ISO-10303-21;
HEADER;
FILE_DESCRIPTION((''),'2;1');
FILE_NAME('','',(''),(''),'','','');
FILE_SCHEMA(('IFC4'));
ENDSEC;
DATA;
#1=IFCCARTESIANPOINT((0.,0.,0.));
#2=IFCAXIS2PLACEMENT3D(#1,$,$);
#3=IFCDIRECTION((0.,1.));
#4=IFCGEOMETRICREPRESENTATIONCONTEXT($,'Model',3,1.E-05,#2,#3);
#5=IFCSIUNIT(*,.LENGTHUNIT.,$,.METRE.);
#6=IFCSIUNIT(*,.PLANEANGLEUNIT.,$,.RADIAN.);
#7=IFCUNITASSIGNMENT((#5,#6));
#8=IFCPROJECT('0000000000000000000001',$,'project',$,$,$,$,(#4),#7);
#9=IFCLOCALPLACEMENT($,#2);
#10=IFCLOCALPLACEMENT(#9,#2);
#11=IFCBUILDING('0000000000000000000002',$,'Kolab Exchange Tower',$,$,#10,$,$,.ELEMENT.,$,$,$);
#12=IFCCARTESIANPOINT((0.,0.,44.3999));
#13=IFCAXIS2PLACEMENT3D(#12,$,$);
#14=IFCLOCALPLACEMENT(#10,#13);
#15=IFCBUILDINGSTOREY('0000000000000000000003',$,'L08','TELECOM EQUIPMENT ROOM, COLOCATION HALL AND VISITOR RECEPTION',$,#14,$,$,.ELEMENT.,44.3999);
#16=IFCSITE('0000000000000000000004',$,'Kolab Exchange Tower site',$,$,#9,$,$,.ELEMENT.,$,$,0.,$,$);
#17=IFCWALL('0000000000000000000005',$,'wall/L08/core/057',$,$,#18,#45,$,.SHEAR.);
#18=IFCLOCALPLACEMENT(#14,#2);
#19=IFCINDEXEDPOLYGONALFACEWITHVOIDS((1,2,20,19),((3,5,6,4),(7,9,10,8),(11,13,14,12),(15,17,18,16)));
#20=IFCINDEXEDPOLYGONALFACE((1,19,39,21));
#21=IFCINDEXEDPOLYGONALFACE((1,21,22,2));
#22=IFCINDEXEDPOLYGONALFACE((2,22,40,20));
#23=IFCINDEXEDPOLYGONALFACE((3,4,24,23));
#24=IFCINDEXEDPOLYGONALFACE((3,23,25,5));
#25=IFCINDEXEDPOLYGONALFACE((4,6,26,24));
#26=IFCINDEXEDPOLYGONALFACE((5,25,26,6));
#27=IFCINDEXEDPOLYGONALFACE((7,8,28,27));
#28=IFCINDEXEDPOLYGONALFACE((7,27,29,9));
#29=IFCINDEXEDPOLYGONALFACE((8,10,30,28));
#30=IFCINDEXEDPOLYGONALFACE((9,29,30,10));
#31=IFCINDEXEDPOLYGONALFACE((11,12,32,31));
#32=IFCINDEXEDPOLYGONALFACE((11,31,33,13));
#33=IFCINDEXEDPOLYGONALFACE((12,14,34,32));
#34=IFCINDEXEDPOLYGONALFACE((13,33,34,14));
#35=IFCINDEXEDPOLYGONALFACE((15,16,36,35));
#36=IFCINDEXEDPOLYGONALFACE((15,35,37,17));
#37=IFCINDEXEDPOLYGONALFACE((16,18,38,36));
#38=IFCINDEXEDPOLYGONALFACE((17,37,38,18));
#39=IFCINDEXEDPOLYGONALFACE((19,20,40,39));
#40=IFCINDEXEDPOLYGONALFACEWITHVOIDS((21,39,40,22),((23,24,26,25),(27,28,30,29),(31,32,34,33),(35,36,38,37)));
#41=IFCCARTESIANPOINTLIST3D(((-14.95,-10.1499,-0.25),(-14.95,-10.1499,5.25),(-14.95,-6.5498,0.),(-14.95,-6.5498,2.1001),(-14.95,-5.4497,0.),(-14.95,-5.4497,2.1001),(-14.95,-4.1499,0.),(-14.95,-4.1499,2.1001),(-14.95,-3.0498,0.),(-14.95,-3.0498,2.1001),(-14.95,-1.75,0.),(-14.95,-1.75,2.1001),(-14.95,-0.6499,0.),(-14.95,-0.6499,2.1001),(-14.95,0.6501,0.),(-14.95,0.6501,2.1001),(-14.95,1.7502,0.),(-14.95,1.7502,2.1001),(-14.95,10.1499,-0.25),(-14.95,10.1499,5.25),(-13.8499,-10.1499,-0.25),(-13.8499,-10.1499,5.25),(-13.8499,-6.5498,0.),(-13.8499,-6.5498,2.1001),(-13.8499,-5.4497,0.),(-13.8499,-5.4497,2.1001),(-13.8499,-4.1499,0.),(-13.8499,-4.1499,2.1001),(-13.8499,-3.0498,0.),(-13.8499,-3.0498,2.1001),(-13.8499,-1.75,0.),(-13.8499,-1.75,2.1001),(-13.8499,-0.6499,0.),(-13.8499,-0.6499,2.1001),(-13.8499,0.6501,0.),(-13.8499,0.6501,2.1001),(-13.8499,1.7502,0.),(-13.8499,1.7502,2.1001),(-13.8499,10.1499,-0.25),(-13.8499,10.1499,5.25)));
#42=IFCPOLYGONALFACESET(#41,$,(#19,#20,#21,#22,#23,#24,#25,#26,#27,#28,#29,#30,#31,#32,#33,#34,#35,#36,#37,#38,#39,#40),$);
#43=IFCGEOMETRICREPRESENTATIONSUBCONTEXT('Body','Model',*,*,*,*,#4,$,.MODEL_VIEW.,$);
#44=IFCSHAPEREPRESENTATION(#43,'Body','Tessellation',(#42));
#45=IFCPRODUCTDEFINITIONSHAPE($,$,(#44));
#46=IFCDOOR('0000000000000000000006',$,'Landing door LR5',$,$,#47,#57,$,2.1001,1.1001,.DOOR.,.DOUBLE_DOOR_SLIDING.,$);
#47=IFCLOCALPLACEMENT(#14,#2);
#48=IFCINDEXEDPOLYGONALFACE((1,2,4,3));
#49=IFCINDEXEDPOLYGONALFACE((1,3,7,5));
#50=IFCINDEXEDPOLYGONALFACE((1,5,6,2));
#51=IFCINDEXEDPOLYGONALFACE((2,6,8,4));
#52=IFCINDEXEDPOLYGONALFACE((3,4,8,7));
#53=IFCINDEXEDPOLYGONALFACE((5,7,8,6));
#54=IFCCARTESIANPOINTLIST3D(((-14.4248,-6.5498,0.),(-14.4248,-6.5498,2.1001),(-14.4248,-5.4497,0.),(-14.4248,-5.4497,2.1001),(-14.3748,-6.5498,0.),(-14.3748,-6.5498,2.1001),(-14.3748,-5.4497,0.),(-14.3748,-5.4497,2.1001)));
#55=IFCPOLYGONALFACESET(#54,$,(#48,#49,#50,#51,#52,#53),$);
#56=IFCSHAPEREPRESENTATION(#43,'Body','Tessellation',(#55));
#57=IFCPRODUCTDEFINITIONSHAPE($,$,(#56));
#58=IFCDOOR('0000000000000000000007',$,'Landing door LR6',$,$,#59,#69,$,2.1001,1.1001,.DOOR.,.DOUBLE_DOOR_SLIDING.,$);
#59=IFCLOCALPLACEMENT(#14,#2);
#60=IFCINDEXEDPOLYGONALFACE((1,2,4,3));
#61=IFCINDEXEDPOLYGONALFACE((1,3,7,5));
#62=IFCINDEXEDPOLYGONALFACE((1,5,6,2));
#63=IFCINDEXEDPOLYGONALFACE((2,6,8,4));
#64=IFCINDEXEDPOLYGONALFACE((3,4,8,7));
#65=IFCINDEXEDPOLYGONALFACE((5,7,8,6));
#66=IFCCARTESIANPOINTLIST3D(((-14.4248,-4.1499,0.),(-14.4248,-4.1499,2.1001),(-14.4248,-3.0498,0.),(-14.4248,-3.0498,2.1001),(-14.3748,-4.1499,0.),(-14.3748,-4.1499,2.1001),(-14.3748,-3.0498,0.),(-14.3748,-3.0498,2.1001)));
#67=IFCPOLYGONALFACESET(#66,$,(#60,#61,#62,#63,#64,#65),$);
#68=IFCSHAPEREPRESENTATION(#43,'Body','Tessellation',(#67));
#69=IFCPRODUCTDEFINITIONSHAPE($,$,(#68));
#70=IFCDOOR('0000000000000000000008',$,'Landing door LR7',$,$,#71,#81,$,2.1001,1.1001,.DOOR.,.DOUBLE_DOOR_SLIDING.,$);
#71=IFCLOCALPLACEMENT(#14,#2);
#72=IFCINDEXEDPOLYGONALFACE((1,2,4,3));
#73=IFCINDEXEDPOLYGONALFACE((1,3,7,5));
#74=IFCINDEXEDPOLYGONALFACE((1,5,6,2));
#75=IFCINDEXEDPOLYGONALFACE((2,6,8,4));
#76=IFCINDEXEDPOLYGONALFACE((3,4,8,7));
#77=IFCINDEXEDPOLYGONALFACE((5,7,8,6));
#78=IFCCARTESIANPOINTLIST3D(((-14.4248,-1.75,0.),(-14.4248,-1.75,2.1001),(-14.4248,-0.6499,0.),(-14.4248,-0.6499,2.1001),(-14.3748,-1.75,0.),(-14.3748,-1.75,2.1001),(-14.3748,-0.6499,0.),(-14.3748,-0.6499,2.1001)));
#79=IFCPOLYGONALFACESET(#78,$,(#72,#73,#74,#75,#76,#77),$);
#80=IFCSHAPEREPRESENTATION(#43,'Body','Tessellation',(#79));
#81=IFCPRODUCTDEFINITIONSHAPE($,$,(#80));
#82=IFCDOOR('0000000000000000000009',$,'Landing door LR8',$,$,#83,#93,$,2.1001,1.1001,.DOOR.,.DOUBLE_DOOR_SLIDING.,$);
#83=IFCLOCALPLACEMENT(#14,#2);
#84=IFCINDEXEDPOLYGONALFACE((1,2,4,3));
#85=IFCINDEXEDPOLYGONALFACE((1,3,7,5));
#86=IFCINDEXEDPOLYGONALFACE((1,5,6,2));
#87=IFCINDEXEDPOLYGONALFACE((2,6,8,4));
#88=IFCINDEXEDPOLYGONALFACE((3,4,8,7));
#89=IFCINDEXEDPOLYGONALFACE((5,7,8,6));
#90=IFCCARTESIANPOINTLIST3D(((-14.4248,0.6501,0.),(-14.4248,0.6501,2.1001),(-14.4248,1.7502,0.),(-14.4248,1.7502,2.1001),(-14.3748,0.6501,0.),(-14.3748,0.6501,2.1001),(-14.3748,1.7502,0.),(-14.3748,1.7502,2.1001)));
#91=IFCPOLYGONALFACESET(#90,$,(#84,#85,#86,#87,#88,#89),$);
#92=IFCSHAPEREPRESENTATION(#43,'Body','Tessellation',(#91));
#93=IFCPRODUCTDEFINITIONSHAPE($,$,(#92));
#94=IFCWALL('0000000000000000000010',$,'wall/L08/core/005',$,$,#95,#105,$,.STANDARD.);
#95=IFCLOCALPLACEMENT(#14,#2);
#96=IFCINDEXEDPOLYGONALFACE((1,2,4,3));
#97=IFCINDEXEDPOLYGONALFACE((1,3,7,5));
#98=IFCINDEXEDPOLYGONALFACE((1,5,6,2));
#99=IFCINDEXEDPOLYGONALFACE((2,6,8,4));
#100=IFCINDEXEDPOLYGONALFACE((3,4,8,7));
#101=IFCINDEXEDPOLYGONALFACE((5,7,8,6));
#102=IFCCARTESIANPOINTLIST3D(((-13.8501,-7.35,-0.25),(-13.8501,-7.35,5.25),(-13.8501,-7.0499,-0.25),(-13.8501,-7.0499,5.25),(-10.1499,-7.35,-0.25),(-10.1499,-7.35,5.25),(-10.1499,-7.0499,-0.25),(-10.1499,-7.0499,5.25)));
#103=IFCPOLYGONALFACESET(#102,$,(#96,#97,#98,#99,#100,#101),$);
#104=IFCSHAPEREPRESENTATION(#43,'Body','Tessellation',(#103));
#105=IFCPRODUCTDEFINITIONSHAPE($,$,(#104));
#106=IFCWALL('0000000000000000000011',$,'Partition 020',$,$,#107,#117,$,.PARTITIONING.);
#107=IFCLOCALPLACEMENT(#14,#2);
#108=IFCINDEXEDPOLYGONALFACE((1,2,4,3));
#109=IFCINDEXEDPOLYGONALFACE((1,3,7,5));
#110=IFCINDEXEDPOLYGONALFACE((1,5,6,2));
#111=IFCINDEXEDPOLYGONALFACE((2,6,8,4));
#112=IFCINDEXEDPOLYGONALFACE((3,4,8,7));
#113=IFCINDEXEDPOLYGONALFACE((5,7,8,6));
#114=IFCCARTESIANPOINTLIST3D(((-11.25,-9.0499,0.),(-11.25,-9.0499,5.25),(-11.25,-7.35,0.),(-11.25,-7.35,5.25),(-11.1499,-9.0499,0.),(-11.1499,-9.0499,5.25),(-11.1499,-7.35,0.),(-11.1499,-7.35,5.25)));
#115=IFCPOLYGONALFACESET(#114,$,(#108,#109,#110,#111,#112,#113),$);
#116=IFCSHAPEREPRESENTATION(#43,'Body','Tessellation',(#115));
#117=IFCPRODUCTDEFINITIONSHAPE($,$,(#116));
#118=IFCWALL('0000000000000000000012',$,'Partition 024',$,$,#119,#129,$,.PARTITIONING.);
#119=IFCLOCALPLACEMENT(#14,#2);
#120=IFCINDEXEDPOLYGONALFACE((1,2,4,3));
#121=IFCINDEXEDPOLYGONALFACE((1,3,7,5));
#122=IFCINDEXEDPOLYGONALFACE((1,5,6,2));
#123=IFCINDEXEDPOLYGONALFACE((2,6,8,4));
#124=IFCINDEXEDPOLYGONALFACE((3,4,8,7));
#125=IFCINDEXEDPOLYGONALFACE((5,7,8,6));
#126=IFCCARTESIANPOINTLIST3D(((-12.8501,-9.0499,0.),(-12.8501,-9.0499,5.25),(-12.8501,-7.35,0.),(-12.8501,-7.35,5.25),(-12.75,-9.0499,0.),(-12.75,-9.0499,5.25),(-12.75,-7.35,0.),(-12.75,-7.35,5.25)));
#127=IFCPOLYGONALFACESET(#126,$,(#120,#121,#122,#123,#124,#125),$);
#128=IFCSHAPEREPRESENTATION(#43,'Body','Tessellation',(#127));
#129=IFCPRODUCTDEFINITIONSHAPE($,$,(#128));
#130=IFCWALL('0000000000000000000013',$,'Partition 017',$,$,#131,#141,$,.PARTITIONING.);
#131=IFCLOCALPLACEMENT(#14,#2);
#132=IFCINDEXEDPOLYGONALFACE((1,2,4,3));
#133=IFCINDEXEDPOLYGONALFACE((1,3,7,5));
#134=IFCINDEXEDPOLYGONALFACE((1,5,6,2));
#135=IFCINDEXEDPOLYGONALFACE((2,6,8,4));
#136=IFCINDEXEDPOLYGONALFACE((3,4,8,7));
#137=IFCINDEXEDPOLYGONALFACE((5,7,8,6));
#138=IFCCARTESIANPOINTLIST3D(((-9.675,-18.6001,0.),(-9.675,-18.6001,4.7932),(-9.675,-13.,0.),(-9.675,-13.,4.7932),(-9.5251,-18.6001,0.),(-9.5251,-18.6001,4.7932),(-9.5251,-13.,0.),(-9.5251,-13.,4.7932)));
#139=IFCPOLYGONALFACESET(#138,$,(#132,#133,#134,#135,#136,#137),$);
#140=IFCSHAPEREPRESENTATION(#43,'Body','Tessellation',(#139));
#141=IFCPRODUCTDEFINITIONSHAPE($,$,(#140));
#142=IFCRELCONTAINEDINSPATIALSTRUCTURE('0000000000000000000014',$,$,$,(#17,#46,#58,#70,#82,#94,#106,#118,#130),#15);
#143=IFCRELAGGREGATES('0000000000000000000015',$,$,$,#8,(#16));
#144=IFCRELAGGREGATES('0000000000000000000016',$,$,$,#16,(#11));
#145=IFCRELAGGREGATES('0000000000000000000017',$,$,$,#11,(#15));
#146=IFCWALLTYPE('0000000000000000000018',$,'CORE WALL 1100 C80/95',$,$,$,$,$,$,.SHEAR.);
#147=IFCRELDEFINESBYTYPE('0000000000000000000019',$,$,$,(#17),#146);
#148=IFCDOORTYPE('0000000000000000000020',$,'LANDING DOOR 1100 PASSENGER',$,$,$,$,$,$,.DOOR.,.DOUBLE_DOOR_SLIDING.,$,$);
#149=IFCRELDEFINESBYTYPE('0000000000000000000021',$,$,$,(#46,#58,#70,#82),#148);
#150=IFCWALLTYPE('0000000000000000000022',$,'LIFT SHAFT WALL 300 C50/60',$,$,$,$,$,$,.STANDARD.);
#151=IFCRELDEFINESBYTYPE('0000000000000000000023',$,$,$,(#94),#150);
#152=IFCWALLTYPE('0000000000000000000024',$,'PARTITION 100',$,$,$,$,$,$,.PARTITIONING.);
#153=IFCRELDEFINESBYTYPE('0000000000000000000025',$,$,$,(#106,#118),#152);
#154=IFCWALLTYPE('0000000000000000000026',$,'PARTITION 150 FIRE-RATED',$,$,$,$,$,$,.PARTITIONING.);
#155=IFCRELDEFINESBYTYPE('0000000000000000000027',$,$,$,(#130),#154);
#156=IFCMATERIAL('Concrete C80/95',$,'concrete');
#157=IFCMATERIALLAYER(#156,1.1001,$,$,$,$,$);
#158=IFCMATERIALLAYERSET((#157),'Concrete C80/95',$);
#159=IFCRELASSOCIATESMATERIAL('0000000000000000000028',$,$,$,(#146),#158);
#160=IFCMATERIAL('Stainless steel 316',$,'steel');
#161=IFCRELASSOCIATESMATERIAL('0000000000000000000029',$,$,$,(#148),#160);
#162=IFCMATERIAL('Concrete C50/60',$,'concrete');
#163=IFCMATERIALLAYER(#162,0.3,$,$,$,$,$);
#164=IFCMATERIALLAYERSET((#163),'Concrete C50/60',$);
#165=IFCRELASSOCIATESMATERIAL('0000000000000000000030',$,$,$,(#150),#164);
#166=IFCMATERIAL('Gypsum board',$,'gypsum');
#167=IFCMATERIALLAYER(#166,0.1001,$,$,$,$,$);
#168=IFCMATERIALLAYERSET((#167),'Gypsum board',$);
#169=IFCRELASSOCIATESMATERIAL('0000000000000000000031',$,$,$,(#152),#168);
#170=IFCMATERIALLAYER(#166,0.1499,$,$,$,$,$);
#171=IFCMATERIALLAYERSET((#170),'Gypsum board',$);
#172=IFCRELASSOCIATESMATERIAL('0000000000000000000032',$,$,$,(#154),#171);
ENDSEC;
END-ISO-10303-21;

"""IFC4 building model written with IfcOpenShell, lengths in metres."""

from ifc_helpers import new_model, si_unit, direction, frame, frame_2d, origin, place, context, subcontext, project, spatial, rectangle, extrude, material, layer, layer_set, type_object, element, fill, save


model = new_model("IFC4")

# Units and contexts
model_context = context("Model", 3, precision=1e-05, world=origin(), true_north=direction((0.0, 1.0)))
body_context = subcontext(model_context, "Body", "Model", "MODEL_VIEW")
ifc_project = project(units=[si_unit("LENGTHUNIT", "METRE"), si_unit("PLANEANGLEUNIT", "RADIAN")], contexts=[model_context])

# Site, building, storey
site_placement = place(None, origin())
site = spatial("IfcSite", under=ifc_project, at=site_placement, Name="Kolab Exchange Tower site", CompositionType="ELEMENT", RefElevation=0.0)
building_placement = place(site_placement, origin())
building = spatial("IfcBuilding", under=site, at=building_placement, Name="Kolab Exchange Tower", CompositionType="ELEMENT")
storey_placement = place(building_placement, frame((0.0, 0.0, 44.3999)))
storey = spatial("IfcBuildingStorey", under=building, at=storey_placement, Name="L08", Description="TELECOM EQUIPMENT ROOM, COLOCATION HALL AND VISITOR RECEPTION", CompositionType="ELEMENT", Elevation=44.3999)

# Wall, openings, doors
ifc_material_1 = material(Name="Concrete C80/95", Category="concrete")
ifc_layer_1 = layer(ifc_material_1, 1.1001)
ifc_layer_set_1 = layer_set([ifc_layer_1], Name="Concrete C80/95")
wall_type_1 = type_object("IfcWallType", Name="CORE WALL 1100 C80/95", PredefinedType="SHEAR", material=ifc_layer_set_1)
wall_1_placement = place(storey_placement, frame((-14.3999, -10.1499, -0.25), z_axis=(0.0, 0.0, 1.0), x_axis=(0.0, 1.0, 0.0)))
wall_1 = element("IfcWall", 1, at=wall_1_placement, inside=storey, type_object=wall_type_1, Name="wall/L08/core/057", PredefinedType="SHEAR", context=body_context, shape_type="SweptSolid", body=[
    extrude(rectangle(XDim=20.2998, YDim=1.1001, at=frame_2d((10.1499, 0.0))), origin(), (0.0, 0.0, 1.0), 5.5),
])
opening_1_placement = place(wall_1_placement, frame((3.6001, 0.0, 0.25)))
opening_1 = element("IfcOpeningElement", 2, at=opening_1_placement, cuts=wall_1, PredefinedType="OPENING", context=body_context, shape_type="SweptSolid", body=[
    extrude(rectangle(XDim=1.1001, YDim=2.1001, at=frame_2d((0.55, 1.05))), frame((0.0, 0.5601, 0.0), z_axis=(0.0, -1.0, 0.0), x_axis=(1.0, 0.0, 0.0)), (0.0, 0.0, 1.0), 1.1201),
])
opening_2_placement = place(wall_1_placement, frame((6.0, 0.0, 0.25)))
opening_2 = element("IfcOpeningElement", 3, at=opening_2_placement, cuts=wall_1, PredefinedType="OPENING", context=body_context, shape_type="SweptSolid", body=[
    extrude(rectangle(XDim=1.1001, YDim=2.1001, at=frame_2d((0.55, 1.05))), frame((0.0, 0.5601, 0.0), z_axis=(0.0, -1.0, 0.0), x_axis=(1.0, 0.0, 0.0)), (0.0, 0.0, 1.0), 1.1201),
])
opening_3_placement = place(wall_1_placement, frame((8.3999, 0.0, 0.25)))
opening_3 = element("IfcOpeningElement", 4, at=opening_3_placement, cuts=wall_1, PredefinedType="OPENING", context=body_context, shape_type="SweptSolid", body=[
    extrude(rectangle(XDim=1.1001, YDim=2.1001, at=frame_2d((0.55, 1.05))), frame((0.0, 0.5601, 0.0), z_axis=(0.0, -1.0, 0.0), x_axis=(1.0, 0.0, 0.0)), (0.0, 0.0, 1.0), 1.1201),
])
opening_4_placement = place(wall_1_placement, frame((10.8, 0.0, 0.25)))
opening_4 = element("IfcOpeningElement", 5, at=opening_4_placement, cuts=wall_1, PredefinedType="OPENING", context=body_context, shape_type="SweptSolid", body=[
    extrude(rectangle(XDim=1.1001, YDim=2.1001, at=frame_2d((0.55, 1.05))), frame((0.0, 0.5601, 0.0), z_axis=(0.0, -1.0, 0.0), x_axis=(1.0, 0.0, 0.0)), (0.0, 0.0, 1.0), 1.1201),
])
ifc_material_2 = material(Name="Stainless steel 316", Category="steel")
door_type_1 = type_object("IfcDoorType", Name="LANDING DOOR 1100 PASSENGER", OperationType="DOUBLE_DOOR_SLIDING", PredefinedType="DOOR", material=ifc_material_2)
door_1_placement = place(opening_1_placement, origin())
door_1 = element("IfcDoor", 6, at=door_1_placement, inside=storey, type_object=door_type_1, Name="Landing door LR5", OperationType="DOUBLE_DOOR_SLIDING", OverallHeight=2.1001, OverallWidth=1.1001, PredefinedType="DOOR", context=body_context, shape_type="SweptSolid", body=[
    extrude(rectangle(XDim=1.1001, YDim=2.1001, at=frame_2d((0.55, 1.05))), frame((0.0, 0.0249, 0.0), z_axis=(0.0, -1.0, 0.0), x_axis=(1.0, 0.0, 0.0)), (0.0, 0.0, 1.0), 0.05),
])
fill(opening_1, door_1)
door_2_placement = place(opening_2_placement, origin())
door_2 = element("IfcDoor", 7, at=door_2_placement, inside=storey, type_object=door_type_1, Name="Landing door LR6", OperationType="DOUBLE_DOOR_SLIDING", OverallHeight=2.1001, OverallWidth=1.1001, PredefinedType="DOOR", context=body_context, shape_type="SweptSolid", body=[
    extrude(rectangle(XDim=1.1001, YDim=2.1001, at=frame_2d((0.55, 1.05))), frame((0.0, 0.0249, 0.0), z_axis=(0.0, -1.0, 0.0), x_axis=(1.0, 0.0, 0.0)), (0.0, 0.0, 1.0), 0.05),
])
fill(opening_2, door_2)
door_3_placement = place(opening_3_placement, origin())
door_3 = element("IfcDoor", 8, at=door_3_placement, inside=storey, type_object=door_type_1, Name="Landing door LR7", OperationType="DOUBLE_DOOR_SLIDING", OverallHeight=2.1001, OverallWidth=1.1001, PredefinedType="DOOR", context=body_context, shape_type="SweptSolid", body=[
    extrude(rectangle(XDim=1.1001, YDim=2.1001, at=frame_2d((0.55, 1.05))), frame((0.0, 0.0249, 0.0), z_axis=(0.0, -1.0, 0.0), x_axis=(1.0, 0.0, 0.0)), (0.0, 0.0, 1.0), 0.05),
])
fill(opening_3, door_3)
door_4_placement = place(opening_4_placement, origin())
door_4 = element("IfcDoor", 9, at=door_4_placement, inside=storey, type_object=door_type_1, Name="Landing door LR8", OperationType="DOUBLE_DOOR_SLIDING", OverallHeight=2.1001, OverallWidth=1.1001, PredefinedType="DOOR", context=body_context, shape_type="SweptSolid", body=[
    extrude(rectangle(XDim=1.1001, YDim=2.1001, at=frame_2d((0.55, 1.05))), frame((0.0, 0.0249, 0.0), z_axis=(0.0, -1.0, 0.0), x_axis=(1.0, 0.0, 0.0)), (0.0, 0.0, 1.0), 0.05),
])
fill(opening_4, door_4)

# Walls
ifc_material_3 = material(Name="Concrete C50/60", Category="concrete")
ifc_layer_2 = layer(ifc_material_3, 0.3)
ifc_layer_set_2 = layer_set([ifc_layer_2], Name="Concrete C50/60")
wall_type_2 = type_object("IfcWallType", Name="LIFT SHAFT WALL 300 C50/60", PredefinedType="STANDARD", material=ifc_layer_set_2)
wall_2_placement = place(storey_placement, frame((-13.8501, -7.2, -0.25), z_axis=(0.0, 0.0, 1.0), x_axis=(1.0, 0.0, 0.0)))
element("IfcWall", 10, at=wall_2_placement, inside=storey, type_object=wall_type_2, Name="wall/L08/core/005", PredefinedType="STANDARD", context=body_context, shape_type="SweptSolid", body=[
    extrude(rectangle(XDim=3.7002, YDim=0.3, at=frame_2d((1.8501, 0.0))), origin(), (0.0, 0.0, 1.0), 5.5),
])
ifc_material_4 = material(Name="Gypsum board", Category="gypsum")
ifc_layer_3 = layer(ifc_material_4, 0.1001)
ifc_layer_set_3 = layer_set([ifc_layer_3], Name="Gypsum board")
wall_type_3 = type_object("IfcWallType", Name="PARTITION 100", PredefinedType="PARTITIONING", material=ifc_layer_set_3)
for number, where, z_axis, x_axis, name in (
    (11, (-11.2, -9.05, 0.0), (0.0, 0.0, 1.0), (0.0, 1.0, 0.0), "Partition 020"),
    (12, (-12.8, -9.05, 0.0), (0.0, 0.0, 1.0), (0.0, 1.0, 0.0), "Partition 024"),
):
    element("IfcWall", number, at=place(storey_placement, frame(where, z_axis=z_axis, x_axis=x_axis)), inside=storey, type_object=wall_type_3, Name=name, PredefinedType="PARTITIONING", context=body_context, shape_type="SweptSolid", body=[
        extrude(rectangle(XDim=1.7, YDim=0.1001, at=frame_2d((0.8501, 0.0))), origin(), (0.0, 0.0, 1.0), 5.25),
    ])
ifc_layer_4 = layer(ifc_material_4, 0.1499)
ifc_layer_set_4 = layer_set([ifc_layer_4], Name="Gypsum board")
wall_type_4 = type_object("IfcWallType", Name="PARTITION 150 FIRE-RATED", PredefinedType="PARTITIONING", material=ifc_layer_set_4)
wall_3_placement = place(storey_placement, frame((-9.6001, -18.6001, 0.0), z_axis=(0.0, 0.0, 1.0), x_axis=(0.0, 1.0, 0.0)))
element("IfcWall", 13, at=wall_3_placement, inside=storey, type_object=wall_type_4, Name="Partition 017", PredefinedType="PARTITIONING", context=body_context, shape_type="SweptSolid", body=[
    extrude(rectangle(XDim=5.6001, YDim=0.1499, at=frame_2d((2.8, 0.0))), origin(), (0.0, 0.0, 1.0), 4.7932),
])

save(model, "model.ifc")
